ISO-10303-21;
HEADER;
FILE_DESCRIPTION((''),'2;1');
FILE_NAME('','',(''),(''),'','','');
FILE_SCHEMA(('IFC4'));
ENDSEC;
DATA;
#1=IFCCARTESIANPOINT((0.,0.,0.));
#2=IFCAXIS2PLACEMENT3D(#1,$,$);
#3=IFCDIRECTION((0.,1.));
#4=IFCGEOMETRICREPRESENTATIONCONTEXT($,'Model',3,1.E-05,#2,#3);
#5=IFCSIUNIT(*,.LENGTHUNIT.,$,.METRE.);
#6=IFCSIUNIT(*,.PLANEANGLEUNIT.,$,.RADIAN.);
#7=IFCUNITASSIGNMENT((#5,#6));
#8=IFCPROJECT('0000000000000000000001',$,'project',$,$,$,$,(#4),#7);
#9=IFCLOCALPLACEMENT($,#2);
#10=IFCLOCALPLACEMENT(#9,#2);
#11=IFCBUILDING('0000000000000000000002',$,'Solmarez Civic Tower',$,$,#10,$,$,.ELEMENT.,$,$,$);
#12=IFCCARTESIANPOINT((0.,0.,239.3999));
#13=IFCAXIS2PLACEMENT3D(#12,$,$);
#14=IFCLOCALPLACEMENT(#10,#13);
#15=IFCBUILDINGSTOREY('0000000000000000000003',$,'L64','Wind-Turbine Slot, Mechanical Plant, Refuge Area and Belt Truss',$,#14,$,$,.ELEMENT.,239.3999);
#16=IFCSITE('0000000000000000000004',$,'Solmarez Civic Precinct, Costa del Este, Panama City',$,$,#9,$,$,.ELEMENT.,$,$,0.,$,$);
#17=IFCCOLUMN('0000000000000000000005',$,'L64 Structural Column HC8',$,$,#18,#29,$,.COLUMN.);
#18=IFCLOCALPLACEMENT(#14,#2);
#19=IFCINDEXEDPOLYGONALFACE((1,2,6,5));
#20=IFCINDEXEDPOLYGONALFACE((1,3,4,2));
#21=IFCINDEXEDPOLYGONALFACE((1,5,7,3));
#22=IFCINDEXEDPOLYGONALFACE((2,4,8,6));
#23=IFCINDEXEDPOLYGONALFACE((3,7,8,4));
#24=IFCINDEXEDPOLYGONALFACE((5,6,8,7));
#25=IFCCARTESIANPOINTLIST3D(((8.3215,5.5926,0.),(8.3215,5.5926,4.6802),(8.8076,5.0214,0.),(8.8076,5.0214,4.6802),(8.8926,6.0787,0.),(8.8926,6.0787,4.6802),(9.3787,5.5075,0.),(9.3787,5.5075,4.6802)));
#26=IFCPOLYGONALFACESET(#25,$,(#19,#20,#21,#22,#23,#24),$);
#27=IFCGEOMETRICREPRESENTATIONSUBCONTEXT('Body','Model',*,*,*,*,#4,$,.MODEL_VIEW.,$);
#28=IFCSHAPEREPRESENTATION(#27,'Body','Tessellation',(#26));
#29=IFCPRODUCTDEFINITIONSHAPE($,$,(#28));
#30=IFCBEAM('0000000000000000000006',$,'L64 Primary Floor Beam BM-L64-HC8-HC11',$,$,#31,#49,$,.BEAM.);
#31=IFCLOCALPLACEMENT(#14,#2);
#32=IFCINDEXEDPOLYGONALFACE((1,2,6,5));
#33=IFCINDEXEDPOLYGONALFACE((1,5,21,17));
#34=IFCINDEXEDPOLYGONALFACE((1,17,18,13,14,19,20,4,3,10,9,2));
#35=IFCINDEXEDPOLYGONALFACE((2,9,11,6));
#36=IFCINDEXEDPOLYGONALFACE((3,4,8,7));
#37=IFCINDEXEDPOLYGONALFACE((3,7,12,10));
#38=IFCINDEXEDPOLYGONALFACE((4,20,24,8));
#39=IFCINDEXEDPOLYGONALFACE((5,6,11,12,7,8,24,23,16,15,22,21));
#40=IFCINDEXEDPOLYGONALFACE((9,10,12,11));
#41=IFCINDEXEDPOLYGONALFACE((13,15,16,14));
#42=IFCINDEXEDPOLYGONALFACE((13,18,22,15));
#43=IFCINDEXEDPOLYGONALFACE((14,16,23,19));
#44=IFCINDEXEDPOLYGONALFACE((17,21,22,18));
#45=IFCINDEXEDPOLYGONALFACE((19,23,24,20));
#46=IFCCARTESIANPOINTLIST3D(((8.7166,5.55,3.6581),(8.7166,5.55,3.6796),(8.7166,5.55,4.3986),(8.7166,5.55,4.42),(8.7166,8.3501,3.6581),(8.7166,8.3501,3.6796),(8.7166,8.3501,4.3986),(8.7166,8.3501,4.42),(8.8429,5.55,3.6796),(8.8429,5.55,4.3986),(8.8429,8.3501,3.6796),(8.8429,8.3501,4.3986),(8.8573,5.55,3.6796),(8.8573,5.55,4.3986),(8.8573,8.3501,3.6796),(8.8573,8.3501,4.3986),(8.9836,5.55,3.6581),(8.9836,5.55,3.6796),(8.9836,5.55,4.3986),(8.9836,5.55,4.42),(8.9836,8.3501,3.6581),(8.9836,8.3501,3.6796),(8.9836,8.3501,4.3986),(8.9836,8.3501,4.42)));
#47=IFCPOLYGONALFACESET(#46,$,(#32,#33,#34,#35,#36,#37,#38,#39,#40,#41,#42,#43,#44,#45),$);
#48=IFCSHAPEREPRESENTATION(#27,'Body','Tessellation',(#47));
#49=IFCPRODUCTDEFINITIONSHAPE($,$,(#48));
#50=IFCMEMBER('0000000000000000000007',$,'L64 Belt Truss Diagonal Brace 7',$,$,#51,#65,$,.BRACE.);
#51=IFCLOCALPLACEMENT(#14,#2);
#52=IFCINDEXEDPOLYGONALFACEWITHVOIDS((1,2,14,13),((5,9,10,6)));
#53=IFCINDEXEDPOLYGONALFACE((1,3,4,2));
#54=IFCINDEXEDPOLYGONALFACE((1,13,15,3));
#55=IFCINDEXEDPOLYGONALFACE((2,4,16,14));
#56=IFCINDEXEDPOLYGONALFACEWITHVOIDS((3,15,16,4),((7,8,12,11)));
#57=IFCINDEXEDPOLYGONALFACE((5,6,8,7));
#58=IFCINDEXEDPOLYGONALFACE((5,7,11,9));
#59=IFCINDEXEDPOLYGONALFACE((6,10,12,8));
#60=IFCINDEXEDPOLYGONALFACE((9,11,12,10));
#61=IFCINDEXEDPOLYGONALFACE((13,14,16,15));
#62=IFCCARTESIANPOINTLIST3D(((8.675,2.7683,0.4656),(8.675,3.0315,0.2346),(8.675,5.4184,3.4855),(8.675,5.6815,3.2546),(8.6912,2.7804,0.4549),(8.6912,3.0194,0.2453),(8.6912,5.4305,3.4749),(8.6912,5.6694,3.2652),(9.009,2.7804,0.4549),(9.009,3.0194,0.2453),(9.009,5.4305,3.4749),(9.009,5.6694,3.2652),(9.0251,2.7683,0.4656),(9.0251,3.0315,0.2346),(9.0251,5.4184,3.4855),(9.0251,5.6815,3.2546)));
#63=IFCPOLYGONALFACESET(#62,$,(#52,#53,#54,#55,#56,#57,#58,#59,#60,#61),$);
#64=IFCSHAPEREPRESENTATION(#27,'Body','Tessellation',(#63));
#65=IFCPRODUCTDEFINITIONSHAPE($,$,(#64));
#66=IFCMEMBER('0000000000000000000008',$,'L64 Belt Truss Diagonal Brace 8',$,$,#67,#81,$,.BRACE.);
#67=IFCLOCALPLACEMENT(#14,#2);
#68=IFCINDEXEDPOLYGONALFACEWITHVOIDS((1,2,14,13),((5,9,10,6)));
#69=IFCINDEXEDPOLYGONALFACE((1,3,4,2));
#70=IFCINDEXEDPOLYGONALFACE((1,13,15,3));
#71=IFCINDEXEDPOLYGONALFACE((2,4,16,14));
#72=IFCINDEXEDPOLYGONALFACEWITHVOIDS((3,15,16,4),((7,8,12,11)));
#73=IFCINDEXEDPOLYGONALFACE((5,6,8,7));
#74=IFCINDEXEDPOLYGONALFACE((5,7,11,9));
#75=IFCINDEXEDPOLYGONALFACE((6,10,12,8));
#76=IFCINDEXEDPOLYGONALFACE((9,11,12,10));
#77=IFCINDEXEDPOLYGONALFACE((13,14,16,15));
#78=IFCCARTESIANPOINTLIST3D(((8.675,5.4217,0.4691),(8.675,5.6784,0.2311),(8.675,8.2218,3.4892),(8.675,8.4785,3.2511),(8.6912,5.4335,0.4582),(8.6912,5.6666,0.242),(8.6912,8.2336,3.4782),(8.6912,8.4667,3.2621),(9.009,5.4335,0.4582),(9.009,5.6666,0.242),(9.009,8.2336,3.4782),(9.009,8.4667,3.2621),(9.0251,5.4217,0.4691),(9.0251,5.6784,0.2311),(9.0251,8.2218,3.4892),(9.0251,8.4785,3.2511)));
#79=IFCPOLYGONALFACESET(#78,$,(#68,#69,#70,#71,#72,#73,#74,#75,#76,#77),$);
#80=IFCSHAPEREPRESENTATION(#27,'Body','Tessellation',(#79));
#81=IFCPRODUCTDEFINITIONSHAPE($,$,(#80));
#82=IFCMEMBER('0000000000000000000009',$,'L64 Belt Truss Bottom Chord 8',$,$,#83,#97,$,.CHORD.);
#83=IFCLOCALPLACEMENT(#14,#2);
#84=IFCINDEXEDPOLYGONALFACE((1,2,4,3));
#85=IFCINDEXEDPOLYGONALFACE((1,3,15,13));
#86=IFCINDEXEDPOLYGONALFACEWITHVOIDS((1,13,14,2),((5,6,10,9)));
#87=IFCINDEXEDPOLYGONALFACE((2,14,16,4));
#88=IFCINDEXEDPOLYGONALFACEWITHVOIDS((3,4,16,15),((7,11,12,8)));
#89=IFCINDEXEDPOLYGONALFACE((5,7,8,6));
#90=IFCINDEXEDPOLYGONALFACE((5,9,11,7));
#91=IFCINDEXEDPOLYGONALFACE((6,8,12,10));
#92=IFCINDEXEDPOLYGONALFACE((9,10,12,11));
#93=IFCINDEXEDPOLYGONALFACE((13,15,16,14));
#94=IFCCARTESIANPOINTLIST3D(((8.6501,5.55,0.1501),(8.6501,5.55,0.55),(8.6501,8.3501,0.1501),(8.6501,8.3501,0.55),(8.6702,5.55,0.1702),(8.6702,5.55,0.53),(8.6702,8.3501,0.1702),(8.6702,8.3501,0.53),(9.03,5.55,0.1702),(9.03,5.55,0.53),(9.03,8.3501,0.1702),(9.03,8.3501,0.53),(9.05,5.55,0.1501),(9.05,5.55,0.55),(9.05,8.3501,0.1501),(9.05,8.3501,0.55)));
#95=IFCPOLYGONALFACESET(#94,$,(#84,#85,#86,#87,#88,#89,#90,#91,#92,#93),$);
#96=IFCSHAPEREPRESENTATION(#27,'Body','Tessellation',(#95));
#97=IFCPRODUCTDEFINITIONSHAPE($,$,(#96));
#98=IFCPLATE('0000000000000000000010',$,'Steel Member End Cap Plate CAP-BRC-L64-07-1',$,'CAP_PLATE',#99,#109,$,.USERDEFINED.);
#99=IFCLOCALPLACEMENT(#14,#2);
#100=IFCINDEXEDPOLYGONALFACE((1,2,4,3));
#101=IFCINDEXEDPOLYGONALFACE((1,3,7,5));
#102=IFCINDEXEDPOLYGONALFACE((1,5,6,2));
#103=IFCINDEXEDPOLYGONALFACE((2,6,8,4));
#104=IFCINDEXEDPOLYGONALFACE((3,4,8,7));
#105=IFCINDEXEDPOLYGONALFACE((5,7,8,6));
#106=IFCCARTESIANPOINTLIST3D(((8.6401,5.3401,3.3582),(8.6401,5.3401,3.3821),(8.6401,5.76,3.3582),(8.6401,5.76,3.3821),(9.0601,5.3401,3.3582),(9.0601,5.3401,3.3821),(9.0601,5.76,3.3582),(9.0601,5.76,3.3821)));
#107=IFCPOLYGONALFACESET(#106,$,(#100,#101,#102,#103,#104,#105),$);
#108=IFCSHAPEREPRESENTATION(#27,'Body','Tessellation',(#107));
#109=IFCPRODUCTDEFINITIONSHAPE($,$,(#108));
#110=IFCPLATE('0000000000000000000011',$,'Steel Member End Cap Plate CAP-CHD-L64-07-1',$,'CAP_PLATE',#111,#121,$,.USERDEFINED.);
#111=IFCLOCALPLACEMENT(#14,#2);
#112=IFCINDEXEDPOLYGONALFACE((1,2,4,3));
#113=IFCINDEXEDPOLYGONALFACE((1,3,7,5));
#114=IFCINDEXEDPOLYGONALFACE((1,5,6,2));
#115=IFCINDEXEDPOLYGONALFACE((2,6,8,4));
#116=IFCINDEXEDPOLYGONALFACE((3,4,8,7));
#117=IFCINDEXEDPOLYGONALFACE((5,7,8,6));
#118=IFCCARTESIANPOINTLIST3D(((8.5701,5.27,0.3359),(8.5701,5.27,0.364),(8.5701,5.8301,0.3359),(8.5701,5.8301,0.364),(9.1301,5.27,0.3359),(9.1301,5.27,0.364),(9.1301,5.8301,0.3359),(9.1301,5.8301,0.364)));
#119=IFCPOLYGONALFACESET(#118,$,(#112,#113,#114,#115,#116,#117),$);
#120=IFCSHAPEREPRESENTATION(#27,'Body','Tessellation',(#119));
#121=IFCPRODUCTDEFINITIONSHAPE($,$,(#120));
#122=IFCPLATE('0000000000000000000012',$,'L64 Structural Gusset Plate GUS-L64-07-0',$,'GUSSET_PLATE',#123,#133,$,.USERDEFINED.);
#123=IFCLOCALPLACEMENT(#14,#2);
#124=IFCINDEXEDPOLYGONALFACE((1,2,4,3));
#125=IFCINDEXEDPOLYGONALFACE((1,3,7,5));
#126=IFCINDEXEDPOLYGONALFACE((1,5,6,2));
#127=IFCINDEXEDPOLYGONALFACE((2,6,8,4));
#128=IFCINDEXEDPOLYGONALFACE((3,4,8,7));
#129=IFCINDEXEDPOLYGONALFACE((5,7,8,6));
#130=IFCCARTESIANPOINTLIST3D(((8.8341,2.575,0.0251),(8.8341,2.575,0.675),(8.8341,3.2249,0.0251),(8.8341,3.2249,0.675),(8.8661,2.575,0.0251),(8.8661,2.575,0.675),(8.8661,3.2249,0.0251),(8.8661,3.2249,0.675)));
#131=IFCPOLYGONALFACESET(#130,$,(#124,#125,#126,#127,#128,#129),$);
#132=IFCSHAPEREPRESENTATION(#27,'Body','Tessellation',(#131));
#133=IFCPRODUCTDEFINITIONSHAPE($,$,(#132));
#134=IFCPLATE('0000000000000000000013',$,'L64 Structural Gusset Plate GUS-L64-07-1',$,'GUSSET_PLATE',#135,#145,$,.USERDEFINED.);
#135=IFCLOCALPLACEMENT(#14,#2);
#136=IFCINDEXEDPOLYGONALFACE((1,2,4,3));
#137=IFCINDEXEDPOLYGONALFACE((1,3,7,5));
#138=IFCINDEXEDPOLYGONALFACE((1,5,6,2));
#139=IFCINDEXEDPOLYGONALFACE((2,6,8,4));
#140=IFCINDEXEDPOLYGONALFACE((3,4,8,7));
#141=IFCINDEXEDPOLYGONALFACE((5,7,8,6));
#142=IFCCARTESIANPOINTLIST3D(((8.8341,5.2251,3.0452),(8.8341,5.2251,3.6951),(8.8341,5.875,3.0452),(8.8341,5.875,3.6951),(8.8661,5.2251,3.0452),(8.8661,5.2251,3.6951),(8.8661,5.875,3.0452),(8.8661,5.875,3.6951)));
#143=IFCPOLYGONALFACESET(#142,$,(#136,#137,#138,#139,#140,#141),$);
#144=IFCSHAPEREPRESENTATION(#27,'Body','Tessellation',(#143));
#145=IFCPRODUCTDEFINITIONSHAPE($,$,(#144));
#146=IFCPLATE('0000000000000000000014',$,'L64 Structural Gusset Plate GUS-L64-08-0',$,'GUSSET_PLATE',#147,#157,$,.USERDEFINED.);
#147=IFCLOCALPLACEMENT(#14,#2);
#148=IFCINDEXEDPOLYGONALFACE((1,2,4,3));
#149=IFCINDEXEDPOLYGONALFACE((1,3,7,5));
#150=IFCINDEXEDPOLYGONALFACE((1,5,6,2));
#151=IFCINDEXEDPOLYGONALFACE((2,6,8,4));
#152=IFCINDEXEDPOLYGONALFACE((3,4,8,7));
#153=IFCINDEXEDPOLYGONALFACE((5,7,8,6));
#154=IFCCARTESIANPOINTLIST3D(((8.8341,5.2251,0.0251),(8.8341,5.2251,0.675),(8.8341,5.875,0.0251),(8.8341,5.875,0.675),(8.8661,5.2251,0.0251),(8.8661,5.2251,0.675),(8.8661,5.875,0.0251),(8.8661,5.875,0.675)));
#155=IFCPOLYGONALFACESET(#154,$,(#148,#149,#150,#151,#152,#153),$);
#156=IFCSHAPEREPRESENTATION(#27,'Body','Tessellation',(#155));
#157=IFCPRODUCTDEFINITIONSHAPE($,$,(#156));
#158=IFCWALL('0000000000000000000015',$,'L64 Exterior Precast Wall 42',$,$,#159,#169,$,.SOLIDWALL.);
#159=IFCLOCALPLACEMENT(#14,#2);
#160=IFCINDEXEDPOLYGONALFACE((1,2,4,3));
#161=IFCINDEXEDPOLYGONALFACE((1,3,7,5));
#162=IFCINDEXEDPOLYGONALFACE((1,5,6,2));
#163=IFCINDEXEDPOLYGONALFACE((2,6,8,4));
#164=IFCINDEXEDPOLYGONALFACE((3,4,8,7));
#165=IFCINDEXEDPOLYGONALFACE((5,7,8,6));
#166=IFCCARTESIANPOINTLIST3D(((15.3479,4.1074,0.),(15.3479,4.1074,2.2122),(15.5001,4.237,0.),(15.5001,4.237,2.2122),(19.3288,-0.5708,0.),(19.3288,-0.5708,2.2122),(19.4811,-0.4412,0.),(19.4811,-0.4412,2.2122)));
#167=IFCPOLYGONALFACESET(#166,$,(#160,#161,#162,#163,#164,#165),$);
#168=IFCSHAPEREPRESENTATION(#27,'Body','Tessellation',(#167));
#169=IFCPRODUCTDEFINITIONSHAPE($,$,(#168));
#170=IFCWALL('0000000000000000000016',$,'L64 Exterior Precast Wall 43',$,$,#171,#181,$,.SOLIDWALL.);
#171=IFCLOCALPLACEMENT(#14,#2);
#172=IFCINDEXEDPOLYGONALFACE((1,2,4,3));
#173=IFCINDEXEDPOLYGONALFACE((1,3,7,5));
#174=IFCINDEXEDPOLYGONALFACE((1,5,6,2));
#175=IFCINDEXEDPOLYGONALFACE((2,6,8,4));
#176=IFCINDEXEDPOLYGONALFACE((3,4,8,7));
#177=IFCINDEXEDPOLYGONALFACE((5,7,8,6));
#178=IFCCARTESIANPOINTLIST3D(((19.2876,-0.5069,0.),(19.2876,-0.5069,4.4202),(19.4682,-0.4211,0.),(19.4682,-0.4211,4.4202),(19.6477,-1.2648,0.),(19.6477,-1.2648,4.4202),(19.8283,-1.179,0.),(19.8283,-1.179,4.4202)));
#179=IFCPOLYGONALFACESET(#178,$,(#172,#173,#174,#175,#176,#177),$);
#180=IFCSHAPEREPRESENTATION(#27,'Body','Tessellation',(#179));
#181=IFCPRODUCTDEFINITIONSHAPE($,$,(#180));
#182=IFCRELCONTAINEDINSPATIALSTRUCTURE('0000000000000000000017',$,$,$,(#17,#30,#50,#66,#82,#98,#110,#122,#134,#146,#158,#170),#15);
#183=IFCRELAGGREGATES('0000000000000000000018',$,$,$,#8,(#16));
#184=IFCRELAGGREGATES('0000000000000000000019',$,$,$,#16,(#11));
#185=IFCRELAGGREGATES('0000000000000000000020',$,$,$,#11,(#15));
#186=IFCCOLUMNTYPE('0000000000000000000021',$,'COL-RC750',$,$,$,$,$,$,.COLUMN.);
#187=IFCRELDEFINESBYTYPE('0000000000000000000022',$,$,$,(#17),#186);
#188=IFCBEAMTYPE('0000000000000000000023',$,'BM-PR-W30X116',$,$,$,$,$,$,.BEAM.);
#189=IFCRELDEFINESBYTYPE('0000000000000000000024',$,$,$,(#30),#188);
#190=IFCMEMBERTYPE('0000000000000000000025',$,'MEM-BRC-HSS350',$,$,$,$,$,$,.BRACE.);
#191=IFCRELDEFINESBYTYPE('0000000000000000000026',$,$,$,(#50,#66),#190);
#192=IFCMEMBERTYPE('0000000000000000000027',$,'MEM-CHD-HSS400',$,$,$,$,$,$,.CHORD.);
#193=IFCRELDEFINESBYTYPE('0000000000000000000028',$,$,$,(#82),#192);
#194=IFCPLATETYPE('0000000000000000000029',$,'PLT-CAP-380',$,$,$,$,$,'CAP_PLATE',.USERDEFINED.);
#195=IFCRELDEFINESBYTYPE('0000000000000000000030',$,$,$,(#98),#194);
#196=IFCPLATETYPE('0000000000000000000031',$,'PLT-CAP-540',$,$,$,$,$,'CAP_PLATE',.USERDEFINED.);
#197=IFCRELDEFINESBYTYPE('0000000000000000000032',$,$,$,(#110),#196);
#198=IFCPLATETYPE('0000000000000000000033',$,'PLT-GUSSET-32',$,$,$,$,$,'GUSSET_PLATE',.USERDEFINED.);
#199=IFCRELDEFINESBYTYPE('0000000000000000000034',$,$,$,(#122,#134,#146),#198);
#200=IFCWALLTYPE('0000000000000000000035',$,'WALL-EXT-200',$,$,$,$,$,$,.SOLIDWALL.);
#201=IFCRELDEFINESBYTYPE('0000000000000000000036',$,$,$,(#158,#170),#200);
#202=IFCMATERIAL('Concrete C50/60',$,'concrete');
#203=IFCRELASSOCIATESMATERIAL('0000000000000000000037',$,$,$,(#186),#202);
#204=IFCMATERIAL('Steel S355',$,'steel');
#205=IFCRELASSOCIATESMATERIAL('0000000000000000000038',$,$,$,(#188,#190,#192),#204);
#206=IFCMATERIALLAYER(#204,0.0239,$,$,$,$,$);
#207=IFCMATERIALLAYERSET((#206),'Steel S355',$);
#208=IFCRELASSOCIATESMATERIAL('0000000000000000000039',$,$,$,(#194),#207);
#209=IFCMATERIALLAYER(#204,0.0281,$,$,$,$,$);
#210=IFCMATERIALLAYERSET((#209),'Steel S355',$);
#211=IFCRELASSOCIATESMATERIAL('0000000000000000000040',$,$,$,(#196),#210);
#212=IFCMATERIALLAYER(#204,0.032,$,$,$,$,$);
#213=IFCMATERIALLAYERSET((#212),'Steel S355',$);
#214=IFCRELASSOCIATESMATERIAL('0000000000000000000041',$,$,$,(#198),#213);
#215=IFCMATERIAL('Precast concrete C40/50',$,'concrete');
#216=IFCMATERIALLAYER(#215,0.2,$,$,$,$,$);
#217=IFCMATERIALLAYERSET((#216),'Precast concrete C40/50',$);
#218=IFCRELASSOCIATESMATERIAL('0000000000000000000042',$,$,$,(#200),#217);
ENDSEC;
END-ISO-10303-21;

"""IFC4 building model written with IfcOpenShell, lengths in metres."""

from ifc_helpers import new_model, si_unit, direction, frame, frame_2d, origin, origin_2d, place, context, subcontext, project, spatial, rectangle, hollow_rectangle, i_section, extrude, material, layer, layer_set, material_profile, profile_set, type_object, element, save


model = new_model("IFC4")

# Units and contexts
model_context = context("Model", 3, precision=1e-05, world=origin(), true_north=direction((0.0, 1.0)))
body_context = subcontext(model_context, "Body", "Model", "MODEL_VIEW")
ifc_project = project(units=[si_unit("LENGTHUNIT", "METRE"), si_unit("PLANEANGLEUNIT", "RADIAN")], contexts=[model_context])

# Site, building, storey
site_placement = place(None, origin())
site = spatial("IfcSite", under=ifc_project, at=site_placement, Name="Solmarez Civic Precinct, Costa del Este, Panama City", CompositionType="ELEMENT", RefElevation=0.0)
building_placement = place(site_placement, origin())
building = spatial("IfcBuilding", under=site, at=building_placement, Name="Solmarez Civic Tower", CompositionType="ELEMENT")
storey_placement = place(building_placement, frame((0.0, 0.0, 239.3999)))
storey = spatial("IfcBuildingStorey", under=building, at=storey_placement, Name="L64", Description="Wind-Turbine Slot, Mechanical Plant, Refuge Area and Belt Truss", CompositionType="ELEMENT", Elevation=239.3999)

# Column
ifc_material_1 = material(Name="Concrete C50/60", Category="concrete")
ifc_material_profile_1 = material_profile(ifc_material_1, rectangle(XDim=0.75, YDim=0.75, at=origin_2d()), Name="RC750X750")
ifc_profile_set_1 = profile_set([ifc_material_profile_1], Name="Concrete C50/60")
column_type = type_object("IfcColumnType", Name="COL-RC750", PredefinedType="COLUMN", material=ifc_profile_set_1)
column_placement = place(storey_placement, frame((8.8501, 5.55, 0.0), z_axis=(0.0, 0.0, 1.0), x_axis=(0.761538, 0.64812, 0.0)))
element("IfcColumn", 1, at=column_placement, inside=storey, type_object=column_type, Name="L64 Structural Column HC8", PredefinedType="COLUMN", context=body_context, shape_type="SweptSolid", body=[
    extrude(rectangle(XDim=0.75, YDim=0.75, at=origin_2d()), origin(), (0.0, 0.0, 1.0), 4.6802),
])

# Beam
ifc_material_2 = material(Name="Steel S355", Category="steel")
ifc_material_profile_2 = material_profile(ifc_material_2, i_section(OverallWidth=0.2671, OverallDepth=0.762, WebThickness=0.0144, FlangeThickness=0.0215, at=origin_2d()), Name="W30X116")
ifc_profile_set_2 = profile_set([ifc_material_profile_2], Name="Steel S355")
beam_type = type_object("IfcBeamType", Name="BM-PR-W30X116", PredefinedType="BEAM", material=ifc_profile_set_2)
beam_placement = place(storey_placement, frame((8.8501, 5.55, 4.0391), z_axis=(0.0, 1.0, 0.0), x_axis=(-1.0, 0.0, 0.0)))
element("IfcBeam", 2, at=beam_placement, inside=storey, type_object=beam_type, Name="L64 Primary Floor Beam BM-L64-HC8-HC11", PredefinedType="BEAM", context=body_context, shape_type="SweptSolid", body=[
    extrude(i_section(OverallWidth=0.2671, OverallDepth=0.762, WebThickness=0.0144, FlangeThickness=0.0215, at=origin_2d()), origin(), (0.0, 0.0, 1.0), 2.8),
])

# Members
ifc_material_profile_3 = material_profile(ifc_material_2, hollow_rectangle(XDim=0.3501, YDim=0.3501, WallThickness=0.0161, at=origin_2d()), Name="HSS350X350X16")
ifc_profile_set_3 = profile_set([ifc_material_profile_3], Name="Steel S355")
member_type_1 = type_object("IfcMemberType", Name="MEM-BRC-HSS350", PredefinedType="BRACE", material=ifc_profile_set_3)
member_1_placement = place(storey_placement, frame((8.8501, 2.8999, 0.3501), z_axis=(0.0, 0.659579, 0.751635), x_axis=(-1.0, 0.0, 0.0)))
element("IfcMember", 3, at=member_1_placement, inside=storey, type_object=member_type_1, Name="L64 Belt Truss Diagonal Brace 7", PredefinedType="BRACE", context=body_context, shape_type="SweptSolid", body=[
    extrude(hollow_rectangle(XDim=0.3501, YDim=0.3501, WallThickness=0.0161, at=origin_2d()), origin(), (0.0, 0.0, 1.0), 4.0178),
])
member_2_placement = place(storey_placement, frame((8.8501, 5.55, 0.3501), z_axis=(0.0, 0.679896, 0.733308), x_axis=(-1.0, 0.0, 0.0)))
element("IfcMember", 4, at=member_2_placement, inside=storey, type_object=member_type_1, Name="L64 Belt Truss Diagonal Brace 8", PredefinedType="BRACE", context=body_context, shape_type="SweptSolid", body=[
    extrude(hollow_rectangle(XDim=0.3501, YDim=0.3501, WallThickness=0.0161, at=origin_2d()), origin(), (0.0, 0.0, 1.0), 4.1184),
])
ifc_material_profile_4 = material_profile(ifc_material_2, hollow_rectangle(XDim=0.3999, YDim=0.3999, WallThickness=0.02, at=origin_2d()), Name="HSS400X400X20")
ifc_profile_set_4 = profile_set([ifc_material_profile_4], Name="Steel S355")
member_type_2 = type_object("IfcMemberType", Name="MEM-CHD-HSS400", PredefinedType="CHORD", material=ifc_profile_set_4)
member_3_placement = place(storey_placement, frame((8.8501, 5.55, 0.3501), z_axis=(0.0, 1.0, 0.0), x_axis=(-1.0, 0.0, 0.0)))
element("IfcMember", 5, at=member_3_placement, inside=storey, type_object=member_type_2, Name="L64 Belt Truss Bottom Chord 8", PredefinedType="CHORD", context=body_context, shape_type="SweptSolid", body=[
    extrude(hollow_rectangle(XDim=0.3999, YDim=0.3999, WallThickness=0.02, at=origin_2d()), origin(), (0.0, 0.0, 1.0), 2.8),
])

# Plates
ifc_layer_1 = layer(ifc_material_2, 0.0239)
ifc_layer_set_1 = layer_set([ifc_layer_1], Name="Steel S355")
plate_type_1 = type_object("IfcPlateType", Name="PLT-CAP-380", ElementType="CAP_PLATE", PredefinedType="USERDEFINED", material=ifc_layer_set_1)
plate_1_placement = place(storey_placement, frame((8.8501, 5.55, 3.3582), z_axis=(0.0, 0.0, 1.0), x_axis=(1.0, 0.0, 0.0)))
element("IfcPlate", 6, at=plate_1_placement, inside=storey, type_object=plate_type_1, Name="Steel Member End Cap Plate CAP-BRC-L64-07-1", ObjectType="CAP_PLATE", PredefinedType="USERDEFINED", context=body_context, shape_type="SweptSolid", body=[
    extrude(rectangle(XDim=0.4199, YDim=0.4199, at=origin_2d()), origin(), (0.0, 0.0, 1.0), 0.0239),
])
ifc_layer_2 = layer(ifc_material_2, 0.0281)
ifc_layer_set_2 = layer_set([ifc_layer_2], Name="Steel S355")
plate_type_2 = type_object("IfcPlateType", Name="PLT-CAP-540", ElementType="CAP_PLATE", PredefinedType="USERDEFINED", material=ifc_layer_set_2)
plate_2_placement = place(storey_placement, frame((8.8501, 5.55, 0.3359), z_axis=(0.0, 0.0, 1.0), x_axis=(1.0, 0.0, 0.0)))
element("IfcPlate", 7, at=plate_2_placement, inside=storey, type_object=plate_type_2, Name="Steel Member End Cap Plate CAP-CHD-L64-07-1", ObjectType="CAP_PLATE", PredefinedType="USERDEFINED", context=body_context, shape_type="SweptSolid", body=[
    extrude(rectangle(XDim=0.5601, YDim=0.5601, at=origin_2d()), origin(), (0.0, 0.0, 1.0), 0.0281),
])
ifc_layer_3 = layer(ifc_material_2, 0.032)
ifc_layer_set_3 = layer_set([ifc_layer_3], Name="Steel S355")
plate_type_3 = type_object("IfcPlateType", Name="PLT-GUSSET-32", ElementType="GUSSET_PLATE", PredefinedType="USERDEFINED", material=ifc_layer_set_3)
for number, where, z_axis, x_axis, name in (
    (8, (8.8501, 2.8999, 0.0251), (0.0, 0.0, 1.0), (0.0, 1.0, 0.0), "L64 Structural Gusset Plate GUS-L64-07-0"),
    (9, (8.8501, 5.55, 3.0452), (0.0, 0.0, 1.0), (0.0, 1.0, 0.0), "L64 Structural Gusset Plate GUS-L64-07-1"),
    (10, (8.8501, 5.55, 0.0251), (0.0, 0.0, 1.0), (0.0, 1.0, 0.0), "L64 Structural Gusset Plate GUS-L64-08-0"),
):
    element("IfcPlate", number, at=place(storey_placement, frame(where, z_axis=z_axis, x_axis=x_axis)), inside=storey, type_object=plate_type_3, Name=name, ObjectType="GUSSET_PLATE", PredefinedType="USERDEFINED", context=body_context, shape_type="SweptSolid", body=[
        extrude(rectangle(XDim=0.6499, YDim=0.032, at=origin_2d()), origin(), (0.0, 0.0, 1.0), 0.6499),
    ])

# Walls
ifc_material_3 = material(Name="Precast concrete C40/50", Category="concrete")
ifc_layer_4 = layer(ifc_material_3, 0.2)
ifc_layer_set_4 = layer_set([ifc_layer_4], Name="Precast concrete C40/50")
wall_type_1 = type_object("IfcWallType", Name="WALL-EXT-200", PredefinedType="SOLIDWALL", material=ifc_layer_set_4)
wall_1_placement = place(storey_placement, frame((15.4241, 4.1721, 0.0), z_axis=(0.0, 0.0, 1.0), x_axis=(0.648071, -0.76158, 0.0)))
element("IfcWall", 11, at=wall_1_placement, inside=storey, type_object=wall_type_1, Name="L64 Exterior Precast Wall 42", PredefinedType="SOLIDWALL", context=body_context, shape_type="SweptSolid", body=[
    extrude(rectangle(XDim=6.1428, YDim=0.2, at=frame_2d((3.0713, 0.0))), origin(), (0.0, 0.0, 1.0), 2.2122),
])
wall_2_placement = place(storey_placement, frame((19.3779, -0.4641, 0.0), z_axis=(0.0, 0.0, 1.0), x_axis=(0.429199, -0.90321, 0.0)))
element("IfcWall", 12, at=wall_2_placement, inside=storey, type_object=wall_type_1, Name="L64 Exterior Precast Wall 43", PredefinedType="SOLIDWALL", context=body_context, shape_type="SweptSolid", body=[
    extrude(rectangle(XDim=0.8391, YDim=0.2, at=frame_2d((0.4194, 0.0))), origin(), (0.0, 0.0, 1.0), 4.4202),
])

save(model, "model.ifc")
